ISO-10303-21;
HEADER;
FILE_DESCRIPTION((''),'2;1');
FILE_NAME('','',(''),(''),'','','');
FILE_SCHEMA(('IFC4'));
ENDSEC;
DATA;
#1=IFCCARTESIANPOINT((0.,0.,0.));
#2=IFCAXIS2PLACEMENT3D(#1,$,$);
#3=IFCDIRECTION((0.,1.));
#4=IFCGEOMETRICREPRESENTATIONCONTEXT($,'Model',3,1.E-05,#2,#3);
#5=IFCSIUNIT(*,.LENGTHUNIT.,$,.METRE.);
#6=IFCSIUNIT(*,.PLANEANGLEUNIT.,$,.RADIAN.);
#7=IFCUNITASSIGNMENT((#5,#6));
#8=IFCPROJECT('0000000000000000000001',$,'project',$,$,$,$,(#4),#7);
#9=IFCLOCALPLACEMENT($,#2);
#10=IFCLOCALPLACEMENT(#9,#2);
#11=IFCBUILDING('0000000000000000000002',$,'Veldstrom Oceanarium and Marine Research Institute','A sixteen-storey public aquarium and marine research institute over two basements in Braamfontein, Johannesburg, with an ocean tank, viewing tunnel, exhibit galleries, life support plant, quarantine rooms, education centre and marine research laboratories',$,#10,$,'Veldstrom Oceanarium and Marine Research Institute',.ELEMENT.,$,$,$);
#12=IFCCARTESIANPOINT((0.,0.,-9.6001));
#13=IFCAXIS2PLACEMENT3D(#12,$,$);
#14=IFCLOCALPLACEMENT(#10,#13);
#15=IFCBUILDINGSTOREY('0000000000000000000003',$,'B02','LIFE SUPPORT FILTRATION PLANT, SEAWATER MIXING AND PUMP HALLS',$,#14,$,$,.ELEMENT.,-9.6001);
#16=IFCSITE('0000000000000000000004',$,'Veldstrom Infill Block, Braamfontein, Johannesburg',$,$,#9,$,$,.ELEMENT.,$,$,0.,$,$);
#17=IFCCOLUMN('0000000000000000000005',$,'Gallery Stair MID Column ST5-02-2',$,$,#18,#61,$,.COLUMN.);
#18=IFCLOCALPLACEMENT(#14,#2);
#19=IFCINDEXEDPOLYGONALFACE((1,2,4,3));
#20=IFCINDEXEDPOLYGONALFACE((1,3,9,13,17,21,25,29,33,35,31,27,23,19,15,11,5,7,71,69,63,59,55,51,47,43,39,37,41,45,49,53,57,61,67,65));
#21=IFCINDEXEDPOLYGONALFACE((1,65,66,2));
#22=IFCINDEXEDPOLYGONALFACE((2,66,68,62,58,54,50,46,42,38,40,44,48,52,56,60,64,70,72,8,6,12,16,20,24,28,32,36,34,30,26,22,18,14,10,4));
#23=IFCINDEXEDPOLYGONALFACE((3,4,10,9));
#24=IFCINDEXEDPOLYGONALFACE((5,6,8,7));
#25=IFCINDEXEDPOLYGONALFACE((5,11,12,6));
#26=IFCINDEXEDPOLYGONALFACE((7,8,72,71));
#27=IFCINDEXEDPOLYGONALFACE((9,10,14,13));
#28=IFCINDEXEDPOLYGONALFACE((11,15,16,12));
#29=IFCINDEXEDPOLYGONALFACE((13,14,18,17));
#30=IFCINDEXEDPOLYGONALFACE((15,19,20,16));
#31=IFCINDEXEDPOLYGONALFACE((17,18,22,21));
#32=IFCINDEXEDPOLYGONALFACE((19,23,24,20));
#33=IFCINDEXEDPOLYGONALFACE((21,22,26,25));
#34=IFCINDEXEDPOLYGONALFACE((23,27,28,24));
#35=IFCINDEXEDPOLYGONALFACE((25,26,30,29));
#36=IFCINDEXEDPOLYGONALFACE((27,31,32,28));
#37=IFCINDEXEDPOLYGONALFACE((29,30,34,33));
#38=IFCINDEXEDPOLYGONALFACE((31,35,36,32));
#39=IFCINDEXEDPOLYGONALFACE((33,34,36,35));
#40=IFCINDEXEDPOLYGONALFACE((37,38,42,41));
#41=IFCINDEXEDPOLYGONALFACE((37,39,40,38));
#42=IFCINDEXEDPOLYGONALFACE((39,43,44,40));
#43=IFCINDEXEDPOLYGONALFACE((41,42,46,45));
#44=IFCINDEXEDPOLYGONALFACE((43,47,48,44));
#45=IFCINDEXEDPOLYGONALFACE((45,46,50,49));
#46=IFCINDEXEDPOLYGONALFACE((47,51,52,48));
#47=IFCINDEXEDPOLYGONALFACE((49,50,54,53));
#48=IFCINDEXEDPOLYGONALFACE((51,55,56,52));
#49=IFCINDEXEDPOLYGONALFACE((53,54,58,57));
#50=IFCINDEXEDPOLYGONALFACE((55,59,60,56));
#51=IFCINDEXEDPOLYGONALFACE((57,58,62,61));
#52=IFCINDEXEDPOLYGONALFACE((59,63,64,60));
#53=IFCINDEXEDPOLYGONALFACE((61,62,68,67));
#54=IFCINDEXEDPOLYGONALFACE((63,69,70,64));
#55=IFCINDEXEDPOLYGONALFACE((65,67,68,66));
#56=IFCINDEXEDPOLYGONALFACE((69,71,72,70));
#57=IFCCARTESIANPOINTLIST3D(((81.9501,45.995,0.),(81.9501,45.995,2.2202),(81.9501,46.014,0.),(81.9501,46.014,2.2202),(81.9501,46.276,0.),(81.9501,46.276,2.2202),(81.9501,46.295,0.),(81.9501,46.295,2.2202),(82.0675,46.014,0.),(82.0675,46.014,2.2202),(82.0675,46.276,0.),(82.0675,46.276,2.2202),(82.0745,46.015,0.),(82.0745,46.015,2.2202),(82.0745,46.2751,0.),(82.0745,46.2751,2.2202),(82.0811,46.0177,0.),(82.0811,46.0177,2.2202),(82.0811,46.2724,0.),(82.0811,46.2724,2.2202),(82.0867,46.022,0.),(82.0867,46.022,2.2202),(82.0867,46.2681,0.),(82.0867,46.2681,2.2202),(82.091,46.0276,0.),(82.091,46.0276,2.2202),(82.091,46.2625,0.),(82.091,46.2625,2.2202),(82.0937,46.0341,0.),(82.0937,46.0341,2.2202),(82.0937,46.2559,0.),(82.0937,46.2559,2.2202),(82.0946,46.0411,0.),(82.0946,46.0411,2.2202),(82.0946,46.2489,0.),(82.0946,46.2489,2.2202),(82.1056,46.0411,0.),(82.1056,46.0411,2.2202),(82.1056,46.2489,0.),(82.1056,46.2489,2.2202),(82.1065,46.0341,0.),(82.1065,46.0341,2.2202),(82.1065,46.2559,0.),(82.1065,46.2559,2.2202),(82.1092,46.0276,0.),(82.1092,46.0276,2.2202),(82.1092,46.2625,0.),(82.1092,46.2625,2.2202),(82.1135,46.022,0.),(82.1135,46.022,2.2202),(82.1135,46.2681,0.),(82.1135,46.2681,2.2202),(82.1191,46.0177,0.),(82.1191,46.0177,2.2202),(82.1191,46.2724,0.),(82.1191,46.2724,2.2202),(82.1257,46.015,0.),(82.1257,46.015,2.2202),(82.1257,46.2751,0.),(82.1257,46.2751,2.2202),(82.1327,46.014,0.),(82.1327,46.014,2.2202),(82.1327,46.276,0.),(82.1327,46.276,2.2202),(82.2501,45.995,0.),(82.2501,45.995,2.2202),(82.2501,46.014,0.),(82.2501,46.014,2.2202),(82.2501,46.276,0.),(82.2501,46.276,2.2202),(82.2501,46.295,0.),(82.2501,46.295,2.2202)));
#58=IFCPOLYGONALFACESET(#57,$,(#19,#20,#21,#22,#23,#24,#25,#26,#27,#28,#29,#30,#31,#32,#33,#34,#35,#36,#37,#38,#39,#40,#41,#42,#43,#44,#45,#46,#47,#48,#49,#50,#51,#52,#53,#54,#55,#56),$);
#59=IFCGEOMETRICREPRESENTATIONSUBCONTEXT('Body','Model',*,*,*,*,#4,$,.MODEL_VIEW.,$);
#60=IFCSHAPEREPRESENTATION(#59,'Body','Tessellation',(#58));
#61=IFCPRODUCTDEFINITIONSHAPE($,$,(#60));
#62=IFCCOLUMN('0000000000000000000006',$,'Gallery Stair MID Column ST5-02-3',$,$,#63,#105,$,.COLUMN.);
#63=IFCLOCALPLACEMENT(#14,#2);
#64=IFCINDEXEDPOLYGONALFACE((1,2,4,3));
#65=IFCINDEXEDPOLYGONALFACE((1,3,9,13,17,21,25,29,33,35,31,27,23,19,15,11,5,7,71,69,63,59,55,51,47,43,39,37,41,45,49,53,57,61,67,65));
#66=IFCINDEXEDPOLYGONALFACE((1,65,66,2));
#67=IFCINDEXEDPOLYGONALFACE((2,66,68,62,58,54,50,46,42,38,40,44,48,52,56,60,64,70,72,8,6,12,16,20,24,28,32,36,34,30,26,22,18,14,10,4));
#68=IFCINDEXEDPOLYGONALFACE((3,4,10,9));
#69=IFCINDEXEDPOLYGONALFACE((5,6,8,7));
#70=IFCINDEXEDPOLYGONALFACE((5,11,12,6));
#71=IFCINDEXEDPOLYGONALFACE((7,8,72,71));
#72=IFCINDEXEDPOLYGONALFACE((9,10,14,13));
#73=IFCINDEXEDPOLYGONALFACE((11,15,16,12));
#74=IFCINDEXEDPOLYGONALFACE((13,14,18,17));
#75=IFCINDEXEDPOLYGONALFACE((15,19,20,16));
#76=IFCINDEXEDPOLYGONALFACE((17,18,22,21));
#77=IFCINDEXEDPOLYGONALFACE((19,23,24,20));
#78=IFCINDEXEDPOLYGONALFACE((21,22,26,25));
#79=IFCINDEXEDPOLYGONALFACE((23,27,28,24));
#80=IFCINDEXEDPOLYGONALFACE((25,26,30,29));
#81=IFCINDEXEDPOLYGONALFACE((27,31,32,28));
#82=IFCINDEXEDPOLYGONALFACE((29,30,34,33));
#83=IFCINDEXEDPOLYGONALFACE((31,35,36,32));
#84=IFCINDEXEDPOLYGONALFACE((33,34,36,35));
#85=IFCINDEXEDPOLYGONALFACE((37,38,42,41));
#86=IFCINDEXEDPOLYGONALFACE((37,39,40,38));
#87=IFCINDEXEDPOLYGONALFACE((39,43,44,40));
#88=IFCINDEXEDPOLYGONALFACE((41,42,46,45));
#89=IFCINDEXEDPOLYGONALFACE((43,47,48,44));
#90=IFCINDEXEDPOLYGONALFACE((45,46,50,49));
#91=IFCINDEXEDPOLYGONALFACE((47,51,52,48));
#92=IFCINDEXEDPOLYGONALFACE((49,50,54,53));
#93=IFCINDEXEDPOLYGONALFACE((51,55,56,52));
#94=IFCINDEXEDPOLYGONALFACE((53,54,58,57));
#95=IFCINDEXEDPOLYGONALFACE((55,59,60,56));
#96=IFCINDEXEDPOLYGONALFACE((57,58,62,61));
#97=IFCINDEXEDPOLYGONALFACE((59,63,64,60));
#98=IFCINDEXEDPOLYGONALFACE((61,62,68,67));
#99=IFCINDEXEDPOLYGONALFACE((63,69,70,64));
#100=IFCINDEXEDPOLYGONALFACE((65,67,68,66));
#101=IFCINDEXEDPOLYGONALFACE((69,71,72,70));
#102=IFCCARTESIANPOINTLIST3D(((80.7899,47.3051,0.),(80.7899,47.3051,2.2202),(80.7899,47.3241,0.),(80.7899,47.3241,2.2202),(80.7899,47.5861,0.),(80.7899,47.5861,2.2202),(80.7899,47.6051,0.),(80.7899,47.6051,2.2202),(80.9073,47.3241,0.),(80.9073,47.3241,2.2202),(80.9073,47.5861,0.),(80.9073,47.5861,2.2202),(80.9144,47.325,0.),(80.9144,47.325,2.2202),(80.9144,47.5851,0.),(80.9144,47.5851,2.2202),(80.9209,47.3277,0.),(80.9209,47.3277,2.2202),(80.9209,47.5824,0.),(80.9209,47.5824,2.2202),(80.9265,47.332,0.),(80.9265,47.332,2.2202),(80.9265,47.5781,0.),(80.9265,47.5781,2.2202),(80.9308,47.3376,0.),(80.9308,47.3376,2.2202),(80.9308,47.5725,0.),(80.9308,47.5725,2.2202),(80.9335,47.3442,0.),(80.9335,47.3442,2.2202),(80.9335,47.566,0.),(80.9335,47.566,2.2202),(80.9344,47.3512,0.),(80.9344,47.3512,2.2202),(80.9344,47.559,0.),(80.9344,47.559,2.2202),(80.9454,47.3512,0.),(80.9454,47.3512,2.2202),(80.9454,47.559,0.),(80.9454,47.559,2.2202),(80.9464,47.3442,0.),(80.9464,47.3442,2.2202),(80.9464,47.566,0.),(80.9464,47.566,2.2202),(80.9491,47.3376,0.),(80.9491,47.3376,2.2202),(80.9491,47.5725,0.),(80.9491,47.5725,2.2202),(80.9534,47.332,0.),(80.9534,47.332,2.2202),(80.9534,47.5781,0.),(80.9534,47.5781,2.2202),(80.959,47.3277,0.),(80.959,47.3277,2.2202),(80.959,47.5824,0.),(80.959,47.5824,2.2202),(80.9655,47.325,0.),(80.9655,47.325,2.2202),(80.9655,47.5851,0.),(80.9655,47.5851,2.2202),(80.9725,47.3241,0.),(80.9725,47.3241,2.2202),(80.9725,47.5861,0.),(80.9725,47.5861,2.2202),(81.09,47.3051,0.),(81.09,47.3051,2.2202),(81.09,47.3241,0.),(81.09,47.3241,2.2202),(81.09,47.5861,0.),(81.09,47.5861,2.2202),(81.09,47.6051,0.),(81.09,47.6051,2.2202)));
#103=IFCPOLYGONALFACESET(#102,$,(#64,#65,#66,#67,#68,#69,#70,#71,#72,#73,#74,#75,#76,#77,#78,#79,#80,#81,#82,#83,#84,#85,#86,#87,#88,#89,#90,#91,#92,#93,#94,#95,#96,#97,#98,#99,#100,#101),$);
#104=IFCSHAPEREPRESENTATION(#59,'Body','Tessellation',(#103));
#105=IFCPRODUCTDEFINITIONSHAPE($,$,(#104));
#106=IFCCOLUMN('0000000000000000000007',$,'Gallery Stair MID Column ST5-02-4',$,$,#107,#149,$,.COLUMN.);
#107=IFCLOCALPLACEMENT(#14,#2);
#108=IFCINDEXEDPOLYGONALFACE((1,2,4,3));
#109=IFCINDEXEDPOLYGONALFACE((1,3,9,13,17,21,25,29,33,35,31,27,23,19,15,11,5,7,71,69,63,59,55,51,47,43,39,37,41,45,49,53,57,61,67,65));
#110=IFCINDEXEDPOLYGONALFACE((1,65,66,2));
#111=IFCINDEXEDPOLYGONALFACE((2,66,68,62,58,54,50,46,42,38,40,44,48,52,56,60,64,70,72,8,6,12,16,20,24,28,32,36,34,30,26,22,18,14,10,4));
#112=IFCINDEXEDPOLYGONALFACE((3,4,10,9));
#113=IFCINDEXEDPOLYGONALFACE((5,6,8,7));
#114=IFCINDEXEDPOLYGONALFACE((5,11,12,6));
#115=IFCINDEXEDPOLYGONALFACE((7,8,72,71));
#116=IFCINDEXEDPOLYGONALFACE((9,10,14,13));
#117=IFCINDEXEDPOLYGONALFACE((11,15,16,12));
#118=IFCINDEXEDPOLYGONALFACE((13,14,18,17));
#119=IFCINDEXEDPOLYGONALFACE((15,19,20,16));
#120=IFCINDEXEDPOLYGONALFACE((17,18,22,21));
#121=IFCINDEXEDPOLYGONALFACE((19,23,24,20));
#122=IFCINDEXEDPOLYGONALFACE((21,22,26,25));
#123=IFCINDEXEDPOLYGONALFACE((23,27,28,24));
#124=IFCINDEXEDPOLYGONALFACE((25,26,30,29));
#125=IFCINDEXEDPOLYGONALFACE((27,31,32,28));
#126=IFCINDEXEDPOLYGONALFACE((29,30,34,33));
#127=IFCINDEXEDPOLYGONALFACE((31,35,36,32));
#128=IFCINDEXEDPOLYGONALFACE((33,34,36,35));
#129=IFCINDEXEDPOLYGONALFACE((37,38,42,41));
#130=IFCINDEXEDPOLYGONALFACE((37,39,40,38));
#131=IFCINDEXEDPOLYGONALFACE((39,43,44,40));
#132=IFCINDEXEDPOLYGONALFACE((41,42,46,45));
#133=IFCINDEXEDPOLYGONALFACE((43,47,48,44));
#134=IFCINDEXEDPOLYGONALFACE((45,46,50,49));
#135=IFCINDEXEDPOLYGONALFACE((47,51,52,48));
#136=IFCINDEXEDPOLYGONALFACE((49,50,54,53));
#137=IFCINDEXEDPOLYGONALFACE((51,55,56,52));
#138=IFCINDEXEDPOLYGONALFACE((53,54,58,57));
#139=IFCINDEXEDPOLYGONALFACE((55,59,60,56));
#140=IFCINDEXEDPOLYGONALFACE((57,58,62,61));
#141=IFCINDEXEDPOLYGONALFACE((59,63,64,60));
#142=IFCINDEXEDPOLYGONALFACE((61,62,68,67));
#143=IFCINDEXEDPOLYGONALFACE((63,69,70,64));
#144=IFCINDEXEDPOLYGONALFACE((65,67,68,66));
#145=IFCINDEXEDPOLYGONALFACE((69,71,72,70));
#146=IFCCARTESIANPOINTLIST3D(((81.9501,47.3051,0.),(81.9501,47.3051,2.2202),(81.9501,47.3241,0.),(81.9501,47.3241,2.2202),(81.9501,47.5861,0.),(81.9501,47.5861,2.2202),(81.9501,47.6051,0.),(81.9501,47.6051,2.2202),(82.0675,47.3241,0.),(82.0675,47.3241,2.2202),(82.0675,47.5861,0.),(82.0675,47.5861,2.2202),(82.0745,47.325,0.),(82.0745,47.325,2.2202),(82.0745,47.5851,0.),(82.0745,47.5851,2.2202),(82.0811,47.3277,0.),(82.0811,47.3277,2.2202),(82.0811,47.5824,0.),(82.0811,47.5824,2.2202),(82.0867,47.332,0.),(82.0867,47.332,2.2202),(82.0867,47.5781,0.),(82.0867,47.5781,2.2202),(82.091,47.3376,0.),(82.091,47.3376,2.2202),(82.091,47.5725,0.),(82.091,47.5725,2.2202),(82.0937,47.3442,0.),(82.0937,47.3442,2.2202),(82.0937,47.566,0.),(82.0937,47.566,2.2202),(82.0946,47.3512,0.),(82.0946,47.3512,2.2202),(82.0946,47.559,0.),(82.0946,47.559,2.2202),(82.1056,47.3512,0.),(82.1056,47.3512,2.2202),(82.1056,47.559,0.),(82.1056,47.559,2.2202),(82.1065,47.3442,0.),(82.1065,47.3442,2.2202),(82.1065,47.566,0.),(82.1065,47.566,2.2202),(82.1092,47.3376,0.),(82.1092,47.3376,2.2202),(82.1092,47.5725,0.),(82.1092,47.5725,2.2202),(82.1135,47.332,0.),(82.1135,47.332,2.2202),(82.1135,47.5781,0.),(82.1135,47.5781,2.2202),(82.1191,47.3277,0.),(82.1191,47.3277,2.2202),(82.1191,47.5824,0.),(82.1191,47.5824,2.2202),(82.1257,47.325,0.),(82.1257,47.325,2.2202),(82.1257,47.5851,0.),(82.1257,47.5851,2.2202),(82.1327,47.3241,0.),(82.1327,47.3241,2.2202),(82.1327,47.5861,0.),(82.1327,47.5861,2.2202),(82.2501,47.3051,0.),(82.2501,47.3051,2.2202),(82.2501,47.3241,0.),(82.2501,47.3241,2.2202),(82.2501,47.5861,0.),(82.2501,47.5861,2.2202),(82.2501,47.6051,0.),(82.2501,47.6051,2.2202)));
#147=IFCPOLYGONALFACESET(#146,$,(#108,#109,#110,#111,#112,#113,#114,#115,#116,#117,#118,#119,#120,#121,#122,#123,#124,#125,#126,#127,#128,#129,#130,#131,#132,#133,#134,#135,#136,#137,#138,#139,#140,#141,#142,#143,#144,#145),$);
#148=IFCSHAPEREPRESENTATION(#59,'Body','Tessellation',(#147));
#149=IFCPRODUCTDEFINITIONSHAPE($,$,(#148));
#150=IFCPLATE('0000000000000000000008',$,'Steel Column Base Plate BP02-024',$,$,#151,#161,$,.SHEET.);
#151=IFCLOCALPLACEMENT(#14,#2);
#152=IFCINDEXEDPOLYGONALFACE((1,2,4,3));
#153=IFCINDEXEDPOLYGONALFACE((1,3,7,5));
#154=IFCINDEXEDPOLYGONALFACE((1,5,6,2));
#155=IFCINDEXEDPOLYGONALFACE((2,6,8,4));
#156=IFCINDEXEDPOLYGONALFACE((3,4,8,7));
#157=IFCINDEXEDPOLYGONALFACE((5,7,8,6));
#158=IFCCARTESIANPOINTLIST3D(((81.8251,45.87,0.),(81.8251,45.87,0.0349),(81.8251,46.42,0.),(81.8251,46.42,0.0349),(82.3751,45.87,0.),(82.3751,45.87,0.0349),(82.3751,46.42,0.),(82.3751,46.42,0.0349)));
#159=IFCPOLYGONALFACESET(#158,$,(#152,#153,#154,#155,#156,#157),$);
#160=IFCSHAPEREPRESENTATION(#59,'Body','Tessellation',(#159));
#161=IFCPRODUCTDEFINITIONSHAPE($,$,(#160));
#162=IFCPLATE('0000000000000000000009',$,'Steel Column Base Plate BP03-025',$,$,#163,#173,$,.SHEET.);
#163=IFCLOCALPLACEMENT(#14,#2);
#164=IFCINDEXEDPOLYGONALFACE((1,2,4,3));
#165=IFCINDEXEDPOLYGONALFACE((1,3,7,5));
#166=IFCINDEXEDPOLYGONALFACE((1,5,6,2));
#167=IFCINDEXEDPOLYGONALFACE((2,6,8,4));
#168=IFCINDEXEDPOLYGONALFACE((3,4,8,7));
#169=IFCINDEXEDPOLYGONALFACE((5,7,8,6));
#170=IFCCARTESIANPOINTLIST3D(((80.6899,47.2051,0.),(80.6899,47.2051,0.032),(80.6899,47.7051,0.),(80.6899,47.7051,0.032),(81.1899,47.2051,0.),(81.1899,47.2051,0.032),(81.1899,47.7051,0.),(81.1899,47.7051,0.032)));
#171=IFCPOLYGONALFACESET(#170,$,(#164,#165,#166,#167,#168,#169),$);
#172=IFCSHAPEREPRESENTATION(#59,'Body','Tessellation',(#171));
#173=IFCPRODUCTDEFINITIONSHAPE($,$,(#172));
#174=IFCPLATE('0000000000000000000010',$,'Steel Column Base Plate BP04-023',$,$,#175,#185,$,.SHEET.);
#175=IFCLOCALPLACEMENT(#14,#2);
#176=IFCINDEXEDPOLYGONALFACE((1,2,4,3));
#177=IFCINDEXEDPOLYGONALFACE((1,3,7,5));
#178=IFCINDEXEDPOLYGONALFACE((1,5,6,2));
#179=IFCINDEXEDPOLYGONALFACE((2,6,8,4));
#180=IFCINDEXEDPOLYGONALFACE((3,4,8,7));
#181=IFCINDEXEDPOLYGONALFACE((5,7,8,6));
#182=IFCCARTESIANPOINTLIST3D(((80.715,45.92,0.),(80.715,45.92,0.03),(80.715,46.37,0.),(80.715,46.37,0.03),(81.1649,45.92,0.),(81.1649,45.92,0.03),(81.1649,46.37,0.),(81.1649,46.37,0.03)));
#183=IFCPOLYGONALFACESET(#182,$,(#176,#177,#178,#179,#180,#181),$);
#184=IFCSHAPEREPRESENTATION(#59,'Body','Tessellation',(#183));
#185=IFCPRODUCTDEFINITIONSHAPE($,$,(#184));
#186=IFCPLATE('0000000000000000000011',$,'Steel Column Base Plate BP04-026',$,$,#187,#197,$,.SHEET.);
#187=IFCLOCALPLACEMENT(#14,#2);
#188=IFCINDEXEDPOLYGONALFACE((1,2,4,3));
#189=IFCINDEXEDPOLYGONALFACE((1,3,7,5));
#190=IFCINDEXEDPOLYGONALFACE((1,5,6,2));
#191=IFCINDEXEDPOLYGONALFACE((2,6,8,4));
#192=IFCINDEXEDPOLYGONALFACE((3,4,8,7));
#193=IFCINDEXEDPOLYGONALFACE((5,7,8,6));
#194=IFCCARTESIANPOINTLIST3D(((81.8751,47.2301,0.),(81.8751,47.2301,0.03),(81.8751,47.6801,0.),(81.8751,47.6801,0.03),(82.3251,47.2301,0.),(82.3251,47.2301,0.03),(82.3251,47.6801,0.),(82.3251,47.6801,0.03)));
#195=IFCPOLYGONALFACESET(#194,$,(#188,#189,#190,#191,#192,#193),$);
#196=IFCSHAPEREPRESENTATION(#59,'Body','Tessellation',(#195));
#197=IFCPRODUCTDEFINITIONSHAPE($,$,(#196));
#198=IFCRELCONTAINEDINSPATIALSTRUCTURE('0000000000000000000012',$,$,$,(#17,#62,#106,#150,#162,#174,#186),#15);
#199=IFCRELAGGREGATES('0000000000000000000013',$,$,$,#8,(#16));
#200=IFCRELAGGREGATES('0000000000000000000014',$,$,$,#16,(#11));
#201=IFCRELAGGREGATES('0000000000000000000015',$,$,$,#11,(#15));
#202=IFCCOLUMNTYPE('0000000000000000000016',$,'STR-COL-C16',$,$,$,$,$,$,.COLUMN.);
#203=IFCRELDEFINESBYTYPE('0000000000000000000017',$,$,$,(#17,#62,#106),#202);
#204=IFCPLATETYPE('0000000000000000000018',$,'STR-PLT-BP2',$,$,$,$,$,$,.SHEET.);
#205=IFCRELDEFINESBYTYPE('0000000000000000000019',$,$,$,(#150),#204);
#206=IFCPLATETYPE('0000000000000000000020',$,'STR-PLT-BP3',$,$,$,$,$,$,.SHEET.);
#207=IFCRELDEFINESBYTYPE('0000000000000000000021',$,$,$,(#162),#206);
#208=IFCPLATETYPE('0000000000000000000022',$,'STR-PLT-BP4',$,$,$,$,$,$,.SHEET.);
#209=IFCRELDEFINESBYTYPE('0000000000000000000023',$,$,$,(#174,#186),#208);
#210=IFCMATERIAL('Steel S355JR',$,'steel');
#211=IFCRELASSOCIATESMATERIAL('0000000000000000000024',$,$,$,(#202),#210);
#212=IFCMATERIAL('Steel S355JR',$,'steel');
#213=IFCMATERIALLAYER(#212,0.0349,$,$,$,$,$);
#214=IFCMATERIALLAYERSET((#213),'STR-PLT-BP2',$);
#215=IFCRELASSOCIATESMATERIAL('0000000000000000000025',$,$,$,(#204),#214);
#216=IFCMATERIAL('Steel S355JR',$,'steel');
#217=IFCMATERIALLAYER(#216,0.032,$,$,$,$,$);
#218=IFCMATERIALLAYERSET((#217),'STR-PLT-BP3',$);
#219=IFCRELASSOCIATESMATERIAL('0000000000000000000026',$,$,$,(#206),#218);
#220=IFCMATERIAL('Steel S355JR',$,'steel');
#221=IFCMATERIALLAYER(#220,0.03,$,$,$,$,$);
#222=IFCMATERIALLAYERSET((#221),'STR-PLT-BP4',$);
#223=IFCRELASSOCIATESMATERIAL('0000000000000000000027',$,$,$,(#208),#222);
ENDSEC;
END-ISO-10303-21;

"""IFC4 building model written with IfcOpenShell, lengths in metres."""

from ifc_helpers import new_model, si_unit, direction, frame, origin, origin_2d, place, context, subcontext, project, spatial, rectangle, i_section, extrude, material, layer, layer_set, material_profile, profile_set, type_object, element, save


model = new_model("IFC4")

# Units and contexts
model_context = context("Model", 3, precision=1e-05, world=origin(), true_north=direction((0.0, 1.0)))
body_context = subcontext(model_context, "Body", "Model", "MODEL_VIEW")
ifc_project = project(units=[si_unit("LENGTHUNIT", "METRE"), si_unit("PLANEANGLEUNIT", "RADIAN")], contexts=[model_context])

# Site, building, storey
site_placement = place(None, origin())
site = spatial("IfcSite", under=ifc_project, at=site_placement, Name="Veldstrom Infill Block, Braamfontein, Johannesburg", CompositionType="ELEMENT", RefElevation=0.0)
building_placement = place(site_placement, origin())
building = spatial("IfcBuilding", under=site, at=building_placement, Name="Veldstrom Oceanarium and Marine Research Institute", Description="A sixteen-storey public aquarium and marine research institute over two basements in Braamfontein, Johannesburg, with an ocean tank, viewing tunnel, exhibit galleries, life support plant, quarantine rooms, education centre and marine research laboratories", LongName="Veldstrom Oceanarium and Marine Research Institute", CompositionType="ELEMENT")
storey_placement = place(building_placement, frame((0.0, 0.0, -9.6001)))
storey = spatial("IfcBuildingStorey", under=building, at=storey_placement, Name="B02", Description="LIFE SUPPORT FILTRATION PLANT, SEAWATER MIXING AND PUMP HALLS", CompositionType="ELEMENT", Elevation=-9.6001)

# Columns
ifc_material_1 = material(Name="Steel S355JR", Category="steel")
ifc_material_profile_1 = material_profile(ifc_material_1, i_section(OverallWidth=0.3, OverallDepth=0.3, WebThickness=0.011, FlangeThickness=0.019, FilletRadius=0.0271, at=origin_2d()), Name="HEB 300")
ifc_profile_set_1 = profile_set([ifc_material_profile_1], Name="Steel S355JR")
column_type_1 = type_object("IfcColumnType", Name="STR-COL-C16", PredefinedType="COLUMN", material=ifc_profile_set_1)
for number, where, z_axis, x_axis, name in (
    (1, (82.1001, 46.145, 0.0), (0.0, 0.0, 1.0), (1.0, 0.0, 0.0), "Gallery Stair MID Column ST5-02-2"),
    (2, (80.9399, 47.4551, 0.0), (0.0, 0.0, 1.0), (1.0, 0.0, 0.0), "Gallery Stair MID Column ST5-02-3"),
    (3, (82.1001, 47.4551, 0.0), (0.0, 0.0, 1.0), (1.0, 0.0, 0.0), "Gallery Stair MID Column ST5-02-4"),
):
    element("IfcColumn", number, at=place(storey_placement, frame(where, z_axis=z_axis, x_axis=x_axis)), inside=storey, type_object=column_type_1, Name=name, PredefinedType="COLUMN", context=body_context, shape_type="SweptSolid", body=[
        extrude(i_section(OverallWidth=0.3, OverallDepth=0.3, WebThickness=0.011, FlangeThickness=0.019, FilletRadius=0.0271, at=origin_2d()), origin(), (0.0, 0.0, 1.0), 2.2202),
    ])

# Plates
ifc_material_2 = material(Name="Steel S355JR", Category="steel")
ifc_layer_1 = layer(ifc_material_2, 0.0349)
ifc_layer_set_1 = layer_set([ifc_layer_1], Name="STR-PLT-BP2")
plate_type_1 = type_object("IfcPlateType", Name="STR-PLT-BP2", PredefinedType="SHEET", material=ifc_layer_set_1)
plate_1_placement = place(storey_placement, frame((82.1001, 46.145, 0.0), z_axis=(0.0, 0.0, 1.0), x_axis=(1.0, 0.0, 0.0)))
element("IfcPlate", 4, at=plate_1_placement, inside=storey, type_object=plate_type_1, Name="Steel Column Base Plate BP02-024", PredefinedType="SHEET", context=body_context, shape_type="SweptSolid", body=[
    extrude(rectangle(XDim=0.55, YDim=0.55, at=origin_2d()), origin(), (0.0, 0.0, 1.0), 0.0349),
])
ifc_material_3 = material(Name="Steel S355JR", Category="steel")
ifc_layer_2 = layer(ifc_material_3, 0.032)
ifc_layer_set_2 = layer_set([ifc_layer_2], Name="STR-PLT-BP3")
plate_type_2 = type_object("IfcPlateType", Name="STR-PLT-BP3", PredefinedType="SHEET", material=ifc_layer_set_2)
plate_2_placement = place(storey_placement, frame((80.9399, 47.4551, 0.0), z_axis=(0.0, 0.0, 1.0), x_axis=(1.0, 0.0, 0.0)))
element("IfcPlate", 5, at=plate_2_placement, inside=storey, type_object=plate_type_2, Name="Steel Column Base Plate BP03-025", PredefinedType="SHEET", context=body_context, shape_type="SweptSolid", body=[
    extrude(rectangle(XDim=0.5, YDim=0.5, at=origin_2d()), origin(), (0.0, 0.0, 1.0), 0.032),
])
ifc_material_4 = material(Name="Steel S355JR", Category="steel")
ifc_layer_3 = layer(ifc_material_4, 0.03)
ifc_layer_set_3 = layer_set([ifc_layer_3], Name="STR-PLT-BP4")
plate_type_3 = type_object("IfcPlateType", Name="STR-PLT-BP4", PredefinedType="SHEET", material=ifc_layer_set_3)
for number, where, z_axis, x_axis, name in (
    (6, (80.9399, 46.145, 0.0), (0.0, 0.0, 1.0), (1.0, 0.0, 0.0), "Steel Column Base Plate BP04-023"),
    (7, (82.1001, 47.4551, 0.0), (0.0, 0.0, 1.0), (1.0, 0.0, 0.0), "Steel Column Base Plate BP04-026"),
):
    element("IfcPlate", number, at=place(storey_placement, frame(where, z_axis=z_axis, x_axis=x_axis)), inside=storey, type_object=plate_type_3, Name=name, PredefinedType="SHEET", context=body_context, shape_type="SweptSolid", body=[
        extrude(rectangle(XDim=0.45, YDim=0.45, at=origin_2d()), origin(), (0.0, 0.0, 1.0), 0.03),
    ])

save(model, "model.ifc")
